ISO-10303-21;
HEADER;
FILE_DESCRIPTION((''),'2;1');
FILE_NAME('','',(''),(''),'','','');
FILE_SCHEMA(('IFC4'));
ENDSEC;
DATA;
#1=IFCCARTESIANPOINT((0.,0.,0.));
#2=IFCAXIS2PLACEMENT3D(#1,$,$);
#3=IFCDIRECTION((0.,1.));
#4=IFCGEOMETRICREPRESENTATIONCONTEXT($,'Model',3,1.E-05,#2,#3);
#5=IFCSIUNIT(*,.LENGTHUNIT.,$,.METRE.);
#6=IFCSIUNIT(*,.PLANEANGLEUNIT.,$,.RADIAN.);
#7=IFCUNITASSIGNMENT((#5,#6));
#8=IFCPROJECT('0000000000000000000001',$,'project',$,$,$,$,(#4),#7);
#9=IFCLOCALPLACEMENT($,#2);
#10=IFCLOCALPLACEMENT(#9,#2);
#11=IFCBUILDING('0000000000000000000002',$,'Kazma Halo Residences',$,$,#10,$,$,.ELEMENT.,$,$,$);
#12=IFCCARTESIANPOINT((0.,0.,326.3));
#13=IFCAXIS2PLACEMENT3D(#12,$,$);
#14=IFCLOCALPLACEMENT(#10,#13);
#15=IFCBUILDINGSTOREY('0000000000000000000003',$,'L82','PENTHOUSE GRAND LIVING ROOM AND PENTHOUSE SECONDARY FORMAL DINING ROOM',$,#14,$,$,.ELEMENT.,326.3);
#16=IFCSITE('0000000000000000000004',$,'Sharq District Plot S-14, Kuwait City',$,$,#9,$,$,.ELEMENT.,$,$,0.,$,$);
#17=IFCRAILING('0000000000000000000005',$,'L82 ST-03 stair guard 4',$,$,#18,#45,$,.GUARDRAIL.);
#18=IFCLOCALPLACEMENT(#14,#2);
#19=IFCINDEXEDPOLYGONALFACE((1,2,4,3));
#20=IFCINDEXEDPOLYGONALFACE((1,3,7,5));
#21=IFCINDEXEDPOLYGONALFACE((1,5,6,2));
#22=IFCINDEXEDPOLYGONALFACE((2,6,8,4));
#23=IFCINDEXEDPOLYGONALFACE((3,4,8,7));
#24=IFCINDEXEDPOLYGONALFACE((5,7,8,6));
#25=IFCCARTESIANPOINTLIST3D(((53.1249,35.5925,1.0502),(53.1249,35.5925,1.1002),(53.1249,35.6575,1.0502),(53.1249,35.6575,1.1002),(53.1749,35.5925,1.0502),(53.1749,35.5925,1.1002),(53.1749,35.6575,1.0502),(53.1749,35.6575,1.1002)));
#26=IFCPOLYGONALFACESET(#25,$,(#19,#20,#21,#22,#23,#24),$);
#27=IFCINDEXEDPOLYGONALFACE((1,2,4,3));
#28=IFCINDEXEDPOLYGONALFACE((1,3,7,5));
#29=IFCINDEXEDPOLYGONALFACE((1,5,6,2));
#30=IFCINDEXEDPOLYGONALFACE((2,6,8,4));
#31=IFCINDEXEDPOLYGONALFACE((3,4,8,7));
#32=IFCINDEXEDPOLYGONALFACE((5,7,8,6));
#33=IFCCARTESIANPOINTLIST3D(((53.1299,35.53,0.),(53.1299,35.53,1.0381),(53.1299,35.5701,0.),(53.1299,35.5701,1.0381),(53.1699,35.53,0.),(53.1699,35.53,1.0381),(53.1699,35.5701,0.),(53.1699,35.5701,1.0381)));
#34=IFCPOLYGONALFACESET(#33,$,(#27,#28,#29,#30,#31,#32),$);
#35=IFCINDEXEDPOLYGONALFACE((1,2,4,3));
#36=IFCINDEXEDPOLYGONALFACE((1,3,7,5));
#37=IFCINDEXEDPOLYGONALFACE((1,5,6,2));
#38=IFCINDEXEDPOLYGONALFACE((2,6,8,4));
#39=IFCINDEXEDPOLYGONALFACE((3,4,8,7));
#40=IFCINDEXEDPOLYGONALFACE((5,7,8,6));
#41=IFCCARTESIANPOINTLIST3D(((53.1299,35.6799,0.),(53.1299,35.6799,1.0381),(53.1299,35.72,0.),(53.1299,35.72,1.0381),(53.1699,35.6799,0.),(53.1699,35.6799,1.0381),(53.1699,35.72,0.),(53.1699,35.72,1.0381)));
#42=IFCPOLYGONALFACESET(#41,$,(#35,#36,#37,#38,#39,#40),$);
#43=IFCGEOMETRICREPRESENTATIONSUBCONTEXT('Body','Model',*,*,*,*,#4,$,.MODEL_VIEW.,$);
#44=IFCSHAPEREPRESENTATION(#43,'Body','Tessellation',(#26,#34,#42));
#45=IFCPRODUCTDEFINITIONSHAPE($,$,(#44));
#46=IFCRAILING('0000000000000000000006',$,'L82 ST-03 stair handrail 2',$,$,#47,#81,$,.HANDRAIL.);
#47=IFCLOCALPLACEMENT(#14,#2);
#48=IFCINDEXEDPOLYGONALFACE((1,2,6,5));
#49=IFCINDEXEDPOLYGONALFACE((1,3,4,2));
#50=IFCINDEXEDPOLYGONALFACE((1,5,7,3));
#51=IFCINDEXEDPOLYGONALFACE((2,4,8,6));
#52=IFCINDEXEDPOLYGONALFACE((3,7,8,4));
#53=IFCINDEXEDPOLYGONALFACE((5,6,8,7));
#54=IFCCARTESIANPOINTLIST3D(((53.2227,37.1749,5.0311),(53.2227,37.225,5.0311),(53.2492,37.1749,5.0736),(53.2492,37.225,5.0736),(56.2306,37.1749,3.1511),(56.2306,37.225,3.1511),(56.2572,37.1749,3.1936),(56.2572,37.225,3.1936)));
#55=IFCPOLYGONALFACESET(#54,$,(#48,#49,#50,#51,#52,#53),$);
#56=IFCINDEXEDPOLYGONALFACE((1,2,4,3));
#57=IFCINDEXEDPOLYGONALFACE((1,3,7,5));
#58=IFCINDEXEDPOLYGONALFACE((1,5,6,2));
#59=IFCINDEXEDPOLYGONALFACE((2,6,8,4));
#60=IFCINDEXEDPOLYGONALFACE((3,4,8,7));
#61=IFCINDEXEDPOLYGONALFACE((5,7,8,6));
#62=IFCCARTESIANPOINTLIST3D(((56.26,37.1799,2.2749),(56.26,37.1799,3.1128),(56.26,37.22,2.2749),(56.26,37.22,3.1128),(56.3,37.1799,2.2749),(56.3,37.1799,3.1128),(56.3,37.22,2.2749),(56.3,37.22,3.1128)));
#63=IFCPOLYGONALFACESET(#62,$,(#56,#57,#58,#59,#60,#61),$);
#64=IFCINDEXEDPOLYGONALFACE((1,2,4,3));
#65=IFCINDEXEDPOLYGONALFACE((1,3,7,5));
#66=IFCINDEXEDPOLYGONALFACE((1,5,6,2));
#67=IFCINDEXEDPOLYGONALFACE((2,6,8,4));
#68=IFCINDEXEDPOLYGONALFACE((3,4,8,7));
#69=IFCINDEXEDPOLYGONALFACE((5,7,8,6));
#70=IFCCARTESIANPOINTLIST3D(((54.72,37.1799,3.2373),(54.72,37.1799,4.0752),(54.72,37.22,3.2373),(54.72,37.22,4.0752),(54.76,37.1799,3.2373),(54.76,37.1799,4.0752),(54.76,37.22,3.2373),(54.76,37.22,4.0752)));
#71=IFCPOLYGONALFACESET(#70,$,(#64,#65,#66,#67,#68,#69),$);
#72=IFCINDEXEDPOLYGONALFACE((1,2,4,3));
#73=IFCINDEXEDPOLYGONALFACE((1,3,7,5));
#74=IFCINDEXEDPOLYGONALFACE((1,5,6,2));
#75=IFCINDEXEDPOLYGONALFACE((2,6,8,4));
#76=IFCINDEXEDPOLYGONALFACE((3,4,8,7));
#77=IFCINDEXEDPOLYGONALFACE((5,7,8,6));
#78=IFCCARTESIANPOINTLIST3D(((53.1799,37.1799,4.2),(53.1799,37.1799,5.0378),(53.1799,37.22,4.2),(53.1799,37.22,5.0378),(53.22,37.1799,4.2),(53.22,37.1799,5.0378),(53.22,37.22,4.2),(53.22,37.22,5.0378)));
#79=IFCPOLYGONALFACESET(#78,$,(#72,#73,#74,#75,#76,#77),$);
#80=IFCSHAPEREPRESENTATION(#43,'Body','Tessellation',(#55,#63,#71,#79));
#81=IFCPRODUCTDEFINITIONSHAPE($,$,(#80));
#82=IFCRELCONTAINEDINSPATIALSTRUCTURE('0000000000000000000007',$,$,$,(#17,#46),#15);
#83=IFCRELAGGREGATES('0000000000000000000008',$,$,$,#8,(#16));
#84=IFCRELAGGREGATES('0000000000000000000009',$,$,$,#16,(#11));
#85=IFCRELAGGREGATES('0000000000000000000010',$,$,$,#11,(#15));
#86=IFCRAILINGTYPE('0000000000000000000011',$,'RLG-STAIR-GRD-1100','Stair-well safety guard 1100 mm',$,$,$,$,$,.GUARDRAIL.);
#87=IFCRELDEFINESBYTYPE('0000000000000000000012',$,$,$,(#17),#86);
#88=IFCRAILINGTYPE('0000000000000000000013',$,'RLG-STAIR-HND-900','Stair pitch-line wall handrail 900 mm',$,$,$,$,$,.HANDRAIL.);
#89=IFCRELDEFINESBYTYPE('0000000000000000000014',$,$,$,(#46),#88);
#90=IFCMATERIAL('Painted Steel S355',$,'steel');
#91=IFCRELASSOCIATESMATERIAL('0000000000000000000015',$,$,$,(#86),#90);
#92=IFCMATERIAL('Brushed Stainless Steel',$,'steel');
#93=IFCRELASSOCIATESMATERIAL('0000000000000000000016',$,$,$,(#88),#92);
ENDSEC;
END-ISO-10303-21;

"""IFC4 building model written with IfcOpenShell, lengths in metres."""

from ifc_helpers import new_model, si_unit, direction, frame, origin, origin_2d, place, context, subcontext, project, spatial, rectangle, extrude, material, type_object, element, save


model = new_model("IFC4")

# Units and contexts
model_context = context("Model", 3, precision=1e-05, world=origin(), true_north=direction((0.0, 1.0)))
body_context = subcontext(model_context, "Body", "Model", "MODEL_VIEW")
ifc_project = project(units=[si_unit("LENGTHUNIT", "METRE"), si_unit("PLANEANGLEUNIT", "RADIAN")], contexts=[model_context])

# Site, building, storey
site_placement = place(None, origin())
site = spatial("IfcSite", under=ifc_project, at=site_placement, Name="Sharq District Plot S-14, Kuwait City", CompositionType="ELEMENT", RefElevation=0.0)
building_placement = place(site_placement, origin())
building = spatial("IfcBuilding", under=site, at=building_placement, Name="Kazma Halo Residences", CompositionType="ELEMENT")
storey_placement = place(building_placement, frame((0.0, 0.0, 326.3)))
storey = spatial("IfcBuildingStorey", under=building, at=storey_placement, Name="L82", Description="PENTHOUSE GRAND LIVING ROOM AND PENTHOUSE SECONDARY FORMAL DINING ROOM", CompositionType="ELEMENT", Elevation=326.3)

# Railings
ifc_material_1 = material(Name="Painted Steel S355", Category="steel")
railing_type_1 = type_object("IfcRailingType", Name="RLG-STAIR-GRD-1100", Description="Stair-well safety guard 1100 mm", PredefinedType="GUARDRAIL", material=ifc_material_1)
railing_1_placement = place(storey_placement, frame((53.1499, 35.55, 0.0)))
element("IfcRailing", 1, at=railing_1_placement, inside=storey, type_object=railing_type_1, Name="L82 ST-03 stair guard 4", PredefinedType="GUARDRAIL", context=body_context, shape_type="SweptSolid", body=[
    extrude(rectangle(XDim=0.05, YDim=0.05, at=origin_2d()), frame((0.0, 0.0425, 1.0752), z_axis=(0.0, 1.0, 0.0), x_axis=(-1.0, 0.0, 0.0)), (0.0, 0.0, 1.0), 0.0649),
    extrude(rectangle(XDim=0.04, YDim=0.04, at=origin_2d()), origin(), (0.0, 0.0, 1.0), 1.0381),
    extrude(rectangle(XDim=0.04, YDim=0.04, at=origin_2d()), frame((0.0, 0.1499, 0.0)), (0.0, 0.0, 1.0), 1.0381),
])
ifc_material_2 = material(Name="Brushed Stainless Steel", Category="steel")
railing_type_2 = type_object("IfcRailingType", Name="RLG-STAIR-HND-900", Description="Stair pitch-line wall handrail 900 mm", PredefinedType="HANDRAIL", material=ifc_material_2)
railing_2_placement = place(storey_placement, frame((56.28, 37.2, 2.2749)))
element("IfcRailing", 2, at=railing_2_placement, inside=storey, type_object=railing_type_2, Name="L82 ST-03 stair handrail 2", PredefinedType="HANDRAIL", context=body_context, shape_type="SweptSolid", body=[
    extrude(rectangle(XDim=0.05, YDim=0.05, at=origin_2d()), frame((-0.0361, 0.0, 0.8975), z_axis=(-0.847998, 0.0, 0.529999), x_axis=(0.0, -1.0, 0.0)), (0.0, 0.0, 1.0), 3.5471),
    extrude(rectangle(XDim=0.04, YDim=0.04, at=origin_2d()), origin(), (0.0, 0.0, 1.0), 0.8379),
    extrude(rectangle(XDim=0.04, YDim=0.04, at=origin_2d()), frame((-1.54, 0.0, 0.9624)), (0.0, 0.0, 1.0), 0.8379),
    extrude(rectangle(XDim=0.04, YDim=0.04, at=origin_2d()), frame((-3.0801, 0.0, 1.925)), (0.0, 0.0, 1.0), 0.8379),
])

save(model, "model.ifc")
